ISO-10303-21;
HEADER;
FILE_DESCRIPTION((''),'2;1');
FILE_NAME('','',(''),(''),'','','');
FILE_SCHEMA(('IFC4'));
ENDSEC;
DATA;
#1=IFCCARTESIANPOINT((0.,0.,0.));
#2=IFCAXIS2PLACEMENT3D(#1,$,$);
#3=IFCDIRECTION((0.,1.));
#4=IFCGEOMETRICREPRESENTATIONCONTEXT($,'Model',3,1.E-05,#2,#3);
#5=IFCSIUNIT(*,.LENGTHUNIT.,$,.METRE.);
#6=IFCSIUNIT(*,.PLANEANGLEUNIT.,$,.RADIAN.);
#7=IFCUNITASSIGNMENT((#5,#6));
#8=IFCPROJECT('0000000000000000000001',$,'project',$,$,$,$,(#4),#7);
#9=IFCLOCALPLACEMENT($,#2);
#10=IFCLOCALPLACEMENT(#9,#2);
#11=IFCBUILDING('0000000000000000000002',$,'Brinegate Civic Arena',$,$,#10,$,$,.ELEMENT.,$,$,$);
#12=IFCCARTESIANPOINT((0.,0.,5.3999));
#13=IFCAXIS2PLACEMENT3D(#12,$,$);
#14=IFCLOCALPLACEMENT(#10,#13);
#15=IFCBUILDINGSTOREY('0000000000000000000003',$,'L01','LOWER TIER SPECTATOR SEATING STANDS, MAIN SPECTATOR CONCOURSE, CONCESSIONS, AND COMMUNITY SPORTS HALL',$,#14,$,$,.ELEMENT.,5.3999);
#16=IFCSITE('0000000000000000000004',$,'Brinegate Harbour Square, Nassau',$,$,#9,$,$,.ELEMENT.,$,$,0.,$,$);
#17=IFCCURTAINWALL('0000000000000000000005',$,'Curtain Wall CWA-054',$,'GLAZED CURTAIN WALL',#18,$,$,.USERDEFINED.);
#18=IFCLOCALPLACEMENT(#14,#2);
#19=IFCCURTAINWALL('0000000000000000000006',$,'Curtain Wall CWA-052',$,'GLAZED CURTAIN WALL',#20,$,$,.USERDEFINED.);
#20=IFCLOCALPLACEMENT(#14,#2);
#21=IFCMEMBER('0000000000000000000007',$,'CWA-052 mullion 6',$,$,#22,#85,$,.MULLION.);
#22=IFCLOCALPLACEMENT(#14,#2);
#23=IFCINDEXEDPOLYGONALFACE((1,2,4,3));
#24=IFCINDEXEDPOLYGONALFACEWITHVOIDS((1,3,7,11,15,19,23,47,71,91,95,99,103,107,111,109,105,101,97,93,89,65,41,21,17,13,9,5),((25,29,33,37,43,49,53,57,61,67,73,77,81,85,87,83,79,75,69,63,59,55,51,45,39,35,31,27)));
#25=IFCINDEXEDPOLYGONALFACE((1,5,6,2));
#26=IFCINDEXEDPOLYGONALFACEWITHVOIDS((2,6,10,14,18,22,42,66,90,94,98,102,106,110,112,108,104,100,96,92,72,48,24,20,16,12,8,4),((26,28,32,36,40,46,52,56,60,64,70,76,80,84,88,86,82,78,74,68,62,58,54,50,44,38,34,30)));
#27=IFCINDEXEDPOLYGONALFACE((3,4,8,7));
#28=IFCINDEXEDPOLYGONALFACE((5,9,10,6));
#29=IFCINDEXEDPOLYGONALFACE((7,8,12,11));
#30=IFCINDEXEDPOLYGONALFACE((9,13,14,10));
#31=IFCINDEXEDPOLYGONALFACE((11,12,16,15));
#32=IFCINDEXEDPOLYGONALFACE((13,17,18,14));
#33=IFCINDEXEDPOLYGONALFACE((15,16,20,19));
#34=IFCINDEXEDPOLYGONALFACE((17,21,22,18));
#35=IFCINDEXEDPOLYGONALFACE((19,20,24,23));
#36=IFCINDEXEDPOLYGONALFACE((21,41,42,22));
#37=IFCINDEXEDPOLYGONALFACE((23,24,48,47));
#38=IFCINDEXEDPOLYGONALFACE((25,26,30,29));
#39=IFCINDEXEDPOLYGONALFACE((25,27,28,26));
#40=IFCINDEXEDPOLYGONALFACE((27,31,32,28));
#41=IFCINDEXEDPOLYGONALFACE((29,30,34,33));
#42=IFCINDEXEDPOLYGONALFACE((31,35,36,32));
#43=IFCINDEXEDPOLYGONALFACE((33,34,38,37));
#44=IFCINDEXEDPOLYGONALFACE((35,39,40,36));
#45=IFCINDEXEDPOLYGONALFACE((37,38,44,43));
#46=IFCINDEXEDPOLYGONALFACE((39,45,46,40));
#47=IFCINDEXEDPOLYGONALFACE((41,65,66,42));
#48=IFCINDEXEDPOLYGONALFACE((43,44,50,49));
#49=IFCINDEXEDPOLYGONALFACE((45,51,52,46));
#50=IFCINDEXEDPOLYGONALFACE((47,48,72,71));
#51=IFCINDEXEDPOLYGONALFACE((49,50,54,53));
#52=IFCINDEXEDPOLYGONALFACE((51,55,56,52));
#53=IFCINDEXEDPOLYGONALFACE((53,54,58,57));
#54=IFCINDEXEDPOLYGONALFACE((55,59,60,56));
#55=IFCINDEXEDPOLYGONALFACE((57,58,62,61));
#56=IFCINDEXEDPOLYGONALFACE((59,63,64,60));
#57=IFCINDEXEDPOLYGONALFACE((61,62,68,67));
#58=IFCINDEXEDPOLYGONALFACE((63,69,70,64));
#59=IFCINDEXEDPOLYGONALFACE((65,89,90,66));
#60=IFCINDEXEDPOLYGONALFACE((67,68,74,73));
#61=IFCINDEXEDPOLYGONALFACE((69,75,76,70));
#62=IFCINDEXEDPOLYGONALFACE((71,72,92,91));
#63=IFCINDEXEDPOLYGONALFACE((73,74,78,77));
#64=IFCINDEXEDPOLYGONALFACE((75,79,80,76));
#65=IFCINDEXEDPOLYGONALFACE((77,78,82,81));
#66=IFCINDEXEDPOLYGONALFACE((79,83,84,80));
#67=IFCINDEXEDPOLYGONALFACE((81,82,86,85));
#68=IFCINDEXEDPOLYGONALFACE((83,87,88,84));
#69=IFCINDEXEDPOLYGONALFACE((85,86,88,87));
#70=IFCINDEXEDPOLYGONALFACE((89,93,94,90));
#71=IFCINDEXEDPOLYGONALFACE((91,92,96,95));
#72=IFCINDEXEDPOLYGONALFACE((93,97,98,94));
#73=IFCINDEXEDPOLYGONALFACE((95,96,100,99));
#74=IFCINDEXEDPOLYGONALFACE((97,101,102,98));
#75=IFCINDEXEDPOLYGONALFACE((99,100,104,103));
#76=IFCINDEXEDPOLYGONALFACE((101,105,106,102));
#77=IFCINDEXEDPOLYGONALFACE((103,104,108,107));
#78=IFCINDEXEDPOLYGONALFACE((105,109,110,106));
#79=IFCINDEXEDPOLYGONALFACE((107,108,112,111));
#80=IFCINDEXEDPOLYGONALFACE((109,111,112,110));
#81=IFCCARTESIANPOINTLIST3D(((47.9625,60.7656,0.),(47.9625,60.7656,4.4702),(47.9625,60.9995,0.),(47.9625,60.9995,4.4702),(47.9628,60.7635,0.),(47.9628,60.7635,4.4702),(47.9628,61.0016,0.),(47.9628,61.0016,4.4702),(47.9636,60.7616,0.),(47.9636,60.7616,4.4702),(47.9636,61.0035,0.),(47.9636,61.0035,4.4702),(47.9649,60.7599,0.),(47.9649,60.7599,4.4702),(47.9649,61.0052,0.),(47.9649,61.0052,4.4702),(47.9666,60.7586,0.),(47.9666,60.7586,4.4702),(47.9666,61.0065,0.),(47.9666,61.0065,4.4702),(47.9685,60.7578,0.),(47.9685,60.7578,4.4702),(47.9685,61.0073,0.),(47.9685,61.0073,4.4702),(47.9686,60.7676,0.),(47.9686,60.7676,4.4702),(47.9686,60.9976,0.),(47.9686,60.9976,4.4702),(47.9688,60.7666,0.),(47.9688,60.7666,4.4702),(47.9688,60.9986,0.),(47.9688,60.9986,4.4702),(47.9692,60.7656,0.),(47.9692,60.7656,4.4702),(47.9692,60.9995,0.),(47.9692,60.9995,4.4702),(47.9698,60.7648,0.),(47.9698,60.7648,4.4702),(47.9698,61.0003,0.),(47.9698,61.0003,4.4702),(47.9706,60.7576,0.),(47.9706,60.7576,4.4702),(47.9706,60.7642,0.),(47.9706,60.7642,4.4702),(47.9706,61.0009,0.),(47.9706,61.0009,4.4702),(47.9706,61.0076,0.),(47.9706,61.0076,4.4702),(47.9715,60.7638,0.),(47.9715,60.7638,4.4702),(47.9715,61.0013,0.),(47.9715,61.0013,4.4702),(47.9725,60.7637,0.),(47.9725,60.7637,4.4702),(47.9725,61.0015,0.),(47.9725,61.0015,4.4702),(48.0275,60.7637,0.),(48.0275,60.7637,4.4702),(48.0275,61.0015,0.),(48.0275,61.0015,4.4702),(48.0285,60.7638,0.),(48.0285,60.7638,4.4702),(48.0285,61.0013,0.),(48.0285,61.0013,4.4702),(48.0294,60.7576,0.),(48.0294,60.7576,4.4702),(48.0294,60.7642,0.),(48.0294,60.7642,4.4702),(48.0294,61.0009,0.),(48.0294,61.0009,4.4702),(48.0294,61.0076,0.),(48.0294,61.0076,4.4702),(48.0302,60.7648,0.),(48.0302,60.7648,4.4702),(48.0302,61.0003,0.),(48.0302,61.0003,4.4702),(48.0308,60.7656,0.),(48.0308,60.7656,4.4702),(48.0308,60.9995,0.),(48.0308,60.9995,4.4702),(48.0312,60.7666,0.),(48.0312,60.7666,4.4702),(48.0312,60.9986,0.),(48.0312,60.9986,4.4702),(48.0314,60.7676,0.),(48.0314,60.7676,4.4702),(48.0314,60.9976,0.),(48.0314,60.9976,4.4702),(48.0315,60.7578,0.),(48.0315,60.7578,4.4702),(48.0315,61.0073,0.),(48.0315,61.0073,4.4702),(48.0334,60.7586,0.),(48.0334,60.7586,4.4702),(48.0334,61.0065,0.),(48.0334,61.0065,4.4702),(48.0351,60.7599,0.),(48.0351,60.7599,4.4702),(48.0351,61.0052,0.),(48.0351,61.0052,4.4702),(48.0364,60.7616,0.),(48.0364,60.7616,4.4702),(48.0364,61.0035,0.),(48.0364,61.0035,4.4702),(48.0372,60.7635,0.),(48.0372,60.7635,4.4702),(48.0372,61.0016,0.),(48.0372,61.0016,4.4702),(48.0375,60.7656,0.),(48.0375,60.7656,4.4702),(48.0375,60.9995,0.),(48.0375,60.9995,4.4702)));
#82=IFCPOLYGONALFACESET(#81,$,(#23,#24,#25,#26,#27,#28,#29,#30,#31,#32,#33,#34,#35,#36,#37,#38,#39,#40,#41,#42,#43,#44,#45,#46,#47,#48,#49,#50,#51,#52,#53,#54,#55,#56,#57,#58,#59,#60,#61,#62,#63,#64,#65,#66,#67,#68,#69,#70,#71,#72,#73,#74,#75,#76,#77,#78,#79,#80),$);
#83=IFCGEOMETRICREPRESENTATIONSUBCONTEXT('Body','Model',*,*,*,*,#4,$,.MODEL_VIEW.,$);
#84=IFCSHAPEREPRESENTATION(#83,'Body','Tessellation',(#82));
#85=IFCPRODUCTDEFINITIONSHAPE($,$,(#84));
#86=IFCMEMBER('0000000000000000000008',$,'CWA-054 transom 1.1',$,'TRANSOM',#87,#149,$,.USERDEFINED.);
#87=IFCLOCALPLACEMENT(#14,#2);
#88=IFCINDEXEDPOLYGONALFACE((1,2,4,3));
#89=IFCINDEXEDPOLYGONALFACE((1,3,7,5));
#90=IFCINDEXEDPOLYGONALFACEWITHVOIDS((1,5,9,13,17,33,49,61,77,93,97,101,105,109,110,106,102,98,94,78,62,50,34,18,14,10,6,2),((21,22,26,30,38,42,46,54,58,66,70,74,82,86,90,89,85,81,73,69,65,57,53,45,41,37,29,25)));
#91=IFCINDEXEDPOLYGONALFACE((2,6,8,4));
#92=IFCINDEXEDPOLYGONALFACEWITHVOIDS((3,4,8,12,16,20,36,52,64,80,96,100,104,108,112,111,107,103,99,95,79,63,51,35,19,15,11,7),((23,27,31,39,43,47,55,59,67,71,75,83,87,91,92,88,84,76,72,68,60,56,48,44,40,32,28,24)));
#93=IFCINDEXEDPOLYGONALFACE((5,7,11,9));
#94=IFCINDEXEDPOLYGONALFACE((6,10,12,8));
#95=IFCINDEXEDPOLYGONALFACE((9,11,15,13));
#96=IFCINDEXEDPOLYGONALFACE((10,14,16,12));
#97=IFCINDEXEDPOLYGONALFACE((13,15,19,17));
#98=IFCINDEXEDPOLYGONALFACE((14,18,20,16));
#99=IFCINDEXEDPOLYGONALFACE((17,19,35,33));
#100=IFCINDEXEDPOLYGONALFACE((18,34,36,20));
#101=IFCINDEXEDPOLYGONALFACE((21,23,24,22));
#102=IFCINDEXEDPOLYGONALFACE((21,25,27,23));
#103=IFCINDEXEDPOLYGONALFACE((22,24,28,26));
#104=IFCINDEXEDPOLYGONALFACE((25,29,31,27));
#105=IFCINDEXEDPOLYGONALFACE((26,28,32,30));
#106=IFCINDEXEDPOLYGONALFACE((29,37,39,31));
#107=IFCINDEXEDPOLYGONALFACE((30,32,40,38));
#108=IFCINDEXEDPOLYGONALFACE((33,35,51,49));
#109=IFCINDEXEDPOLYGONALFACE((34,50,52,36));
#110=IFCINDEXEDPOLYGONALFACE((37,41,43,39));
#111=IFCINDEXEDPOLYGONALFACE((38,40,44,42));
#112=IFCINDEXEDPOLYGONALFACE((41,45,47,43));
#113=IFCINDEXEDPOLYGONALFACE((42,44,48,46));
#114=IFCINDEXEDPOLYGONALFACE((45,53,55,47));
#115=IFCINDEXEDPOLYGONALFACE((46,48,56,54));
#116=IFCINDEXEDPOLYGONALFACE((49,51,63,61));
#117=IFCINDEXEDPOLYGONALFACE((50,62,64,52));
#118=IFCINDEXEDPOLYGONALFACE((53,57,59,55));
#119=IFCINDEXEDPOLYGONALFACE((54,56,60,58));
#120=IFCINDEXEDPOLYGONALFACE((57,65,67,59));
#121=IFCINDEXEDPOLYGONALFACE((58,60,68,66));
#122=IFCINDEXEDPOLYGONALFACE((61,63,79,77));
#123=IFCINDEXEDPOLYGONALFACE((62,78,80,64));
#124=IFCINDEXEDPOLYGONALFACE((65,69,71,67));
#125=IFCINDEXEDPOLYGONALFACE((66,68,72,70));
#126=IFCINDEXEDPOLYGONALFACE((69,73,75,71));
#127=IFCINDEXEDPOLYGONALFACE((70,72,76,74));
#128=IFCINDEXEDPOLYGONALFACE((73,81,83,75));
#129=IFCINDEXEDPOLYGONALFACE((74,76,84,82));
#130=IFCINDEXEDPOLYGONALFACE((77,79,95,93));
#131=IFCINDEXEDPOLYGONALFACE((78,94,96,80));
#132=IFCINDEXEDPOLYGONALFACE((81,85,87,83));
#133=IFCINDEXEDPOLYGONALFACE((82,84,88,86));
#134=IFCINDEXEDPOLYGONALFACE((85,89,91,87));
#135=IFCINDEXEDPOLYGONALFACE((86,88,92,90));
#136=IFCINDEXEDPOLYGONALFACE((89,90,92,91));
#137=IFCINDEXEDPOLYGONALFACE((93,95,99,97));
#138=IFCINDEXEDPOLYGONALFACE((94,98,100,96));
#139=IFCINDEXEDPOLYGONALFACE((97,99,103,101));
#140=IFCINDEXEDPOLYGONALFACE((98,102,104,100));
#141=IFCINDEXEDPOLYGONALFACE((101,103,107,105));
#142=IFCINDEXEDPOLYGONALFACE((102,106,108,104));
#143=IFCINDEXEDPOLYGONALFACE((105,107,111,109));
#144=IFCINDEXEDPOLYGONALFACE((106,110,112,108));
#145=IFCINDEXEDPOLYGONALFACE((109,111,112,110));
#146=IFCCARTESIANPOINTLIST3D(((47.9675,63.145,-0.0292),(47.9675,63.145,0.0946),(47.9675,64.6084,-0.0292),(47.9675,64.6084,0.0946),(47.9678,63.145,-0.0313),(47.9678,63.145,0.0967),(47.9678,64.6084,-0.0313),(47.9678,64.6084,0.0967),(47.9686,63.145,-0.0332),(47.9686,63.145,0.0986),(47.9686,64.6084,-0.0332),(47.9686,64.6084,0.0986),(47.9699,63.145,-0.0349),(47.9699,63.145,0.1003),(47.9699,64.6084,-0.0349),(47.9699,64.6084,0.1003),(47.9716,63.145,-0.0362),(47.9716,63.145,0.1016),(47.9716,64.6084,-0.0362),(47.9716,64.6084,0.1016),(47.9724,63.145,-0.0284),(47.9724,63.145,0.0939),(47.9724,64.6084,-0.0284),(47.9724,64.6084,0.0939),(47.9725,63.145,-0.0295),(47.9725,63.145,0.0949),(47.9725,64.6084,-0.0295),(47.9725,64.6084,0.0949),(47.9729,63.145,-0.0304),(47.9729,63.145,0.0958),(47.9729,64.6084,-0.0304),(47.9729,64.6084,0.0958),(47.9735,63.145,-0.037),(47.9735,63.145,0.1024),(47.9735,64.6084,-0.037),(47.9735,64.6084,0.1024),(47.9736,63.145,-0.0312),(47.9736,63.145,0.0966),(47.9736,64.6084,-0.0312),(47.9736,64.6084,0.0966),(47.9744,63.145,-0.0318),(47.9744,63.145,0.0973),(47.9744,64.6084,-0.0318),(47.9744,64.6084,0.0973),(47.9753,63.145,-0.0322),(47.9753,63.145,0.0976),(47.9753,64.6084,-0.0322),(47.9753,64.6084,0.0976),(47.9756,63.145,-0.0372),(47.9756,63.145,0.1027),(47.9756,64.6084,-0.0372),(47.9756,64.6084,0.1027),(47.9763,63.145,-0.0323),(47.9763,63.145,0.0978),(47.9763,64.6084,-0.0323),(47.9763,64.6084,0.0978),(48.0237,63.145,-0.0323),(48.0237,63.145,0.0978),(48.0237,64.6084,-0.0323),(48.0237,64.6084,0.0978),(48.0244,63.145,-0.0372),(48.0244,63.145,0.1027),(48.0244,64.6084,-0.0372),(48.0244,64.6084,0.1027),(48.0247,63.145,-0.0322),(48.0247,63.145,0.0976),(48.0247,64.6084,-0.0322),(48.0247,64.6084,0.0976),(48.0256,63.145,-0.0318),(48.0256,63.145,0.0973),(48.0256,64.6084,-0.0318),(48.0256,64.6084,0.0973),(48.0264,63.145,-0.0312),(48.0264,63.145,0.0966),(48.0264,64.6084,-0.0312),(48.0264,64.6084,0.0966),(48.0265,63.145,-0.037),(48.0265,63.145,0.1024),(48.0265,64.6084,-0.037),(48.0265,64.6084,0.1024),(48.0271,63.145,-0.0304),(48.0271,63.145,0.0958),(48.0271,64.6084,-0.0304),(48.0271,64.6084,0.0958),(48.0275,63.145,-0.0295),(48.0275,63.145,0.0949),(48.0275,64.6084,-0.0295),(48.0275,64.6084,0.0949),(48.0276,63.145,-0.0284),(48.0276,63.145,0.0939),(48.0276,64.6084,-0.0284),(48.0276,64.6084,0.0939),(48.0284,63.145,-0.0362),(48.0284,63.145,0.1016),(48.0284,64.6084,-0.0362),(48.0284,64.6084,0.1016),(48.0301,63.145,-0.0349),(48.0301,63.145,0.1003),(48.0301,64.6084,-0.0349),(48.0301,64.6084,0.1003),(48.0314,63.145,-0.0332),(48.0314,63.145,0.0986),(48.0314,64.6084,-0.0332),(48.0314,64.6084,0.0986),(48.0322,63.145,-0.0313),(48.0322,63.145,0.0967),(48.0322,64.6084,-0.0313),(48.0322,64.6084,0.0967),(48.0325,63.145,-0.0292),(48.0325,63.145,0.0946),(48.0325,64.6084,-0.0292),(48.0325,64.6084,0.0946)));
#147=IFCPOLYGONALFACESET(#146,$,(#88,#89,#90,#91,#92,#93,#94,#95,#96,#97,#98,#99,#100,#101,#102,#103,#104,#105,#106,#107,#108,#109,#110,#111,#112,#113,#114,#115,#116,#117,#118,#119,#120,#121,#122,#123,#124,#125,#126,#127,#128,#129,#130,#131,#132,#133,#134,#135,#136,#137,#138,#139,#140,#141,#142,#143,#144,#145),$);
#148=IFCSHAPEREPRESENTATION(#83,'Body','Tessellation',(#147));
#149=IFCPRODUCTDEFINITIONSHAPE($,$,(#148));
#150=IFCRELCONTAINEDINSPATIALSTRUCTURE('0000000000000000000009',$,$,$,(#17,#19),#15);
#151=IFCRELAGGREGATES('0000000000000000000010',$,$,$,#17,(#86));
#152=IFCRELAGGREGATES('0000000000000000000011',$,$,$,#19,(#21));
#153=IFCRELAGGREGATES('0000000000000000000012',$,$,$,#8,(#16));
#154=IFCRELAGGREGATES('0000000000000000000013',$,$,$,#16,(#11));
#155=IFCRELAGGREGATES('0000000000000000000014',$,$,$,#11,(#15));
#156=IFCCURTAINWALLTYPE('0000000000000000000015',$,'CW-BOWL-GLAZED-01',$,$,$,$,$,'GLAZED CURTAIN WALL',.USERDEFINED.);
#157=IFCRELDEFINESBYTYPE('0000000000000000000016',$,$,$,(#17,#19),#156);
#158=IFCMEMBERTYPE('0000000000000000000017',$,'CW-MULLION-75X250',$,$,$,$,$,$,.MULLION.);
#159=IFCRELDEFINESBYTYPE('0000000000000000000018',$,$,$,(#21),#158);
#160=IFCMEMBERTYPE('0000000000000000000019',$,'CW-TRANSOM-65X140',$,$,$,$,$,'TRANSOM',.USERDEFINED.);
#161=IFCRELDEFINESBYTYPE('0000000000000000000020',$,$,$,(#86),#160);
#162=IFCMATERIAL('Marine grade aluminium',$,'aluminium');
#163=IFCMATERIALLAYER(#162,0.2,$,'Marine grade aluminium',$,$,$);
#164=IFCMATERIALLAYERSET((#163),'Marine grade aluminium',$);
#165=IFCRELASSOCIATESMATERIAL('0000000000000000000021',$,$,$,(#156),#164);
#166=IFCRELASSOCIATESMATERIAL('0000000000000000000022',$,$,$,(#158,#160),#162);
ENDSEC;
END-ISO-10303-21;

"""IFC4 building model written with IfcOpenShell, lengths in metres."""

from ifc_helpers import new_model, si_unit, direction, frame, origin, origin_2d, place, context, subcontext, project, spatial, hollow_rectangle, extrude, material, layer, layer_set, material_profile, profile_set, type_object, element, aggregate, save


model = new_model("IFC4")

# Units and contexts
model_context = context("Model", 3, precision=1e-05, world=origin(), true_north=direction((0.0, 1.0)))
body_context = subcontext(model_context, "Body", "Model", "MODEL_VIEW")
ifc_project = project(units=[si_unit("LENGTHUNIT", "METRE"), si_unit("PLANEANGLEUNIT", "RADIAN")], contexts=[model_context])

# Site, building, storey
site_placement = place(None, origin())
site = spatial("IfcSite", under=ifc_project, at=site_placement, Name="Brinegate Harbour Square, Nassau", CompositionType="ELEMENT", RefElevation=0.0)
building_placement = place(site_placement, origin())
building = spatial("IfcBuilding", under=site, at=building_placement, Name="Brinegate Civic Arena", CompositionType="ELEMENT")
storey_placement = place(building_placement, frame((0.0, 0.0, 5.3999)))
storey = spatial("IfcBuildingStorey", under=building, at=storey_placement, Name="L01", Description="LOWER TIER SPECTATOR SEATING STANDS, MAIN SPECTATOR CONCOURSE, CONCESSIONS, AND COMMUNITY SPORTS HALL", CompositionType="ELEMENT", Elevation=5.3999)

# Curtain wall
ifc_material_1 = material(Name="Marine grade aluminium", Category="aluminium")
ifc_layer_1 = layer(ifc_material_1, 0.2, Name="Marine grade aluminium")
ifc_layer_set_1 = layer_set([ifc_layer_1], Name="Marine grade aluminium")
curtain_wall_type_1 = type_object("IfcCurtainWallType", Name="CW-BOWL-GLAZED-01", ElementType="GLAZED CURTAIN WALL", PredefinedType="USERDEFINED", material=ifc_layer_set_1)
curtain_wall_1_placement = place(storey_placement, origin())
curtain_wall_1 = element("IfcCurtainWall", 1, at=curtain_wall_1_placement, inside=storey, type_object=curtain_wall_type_1, Name="Curtain Wall CWA-054", ObjectType="GLAZED CURTAIN WALL", PredefinedType="USERDEFINED")

# Curtain wall, member
curtain_wall_2_placement = place(storey_placement, origin())
curtain_wall_2 = element("IfcCurtainWall", 2, at=curtain_wall_2_placement, inside=storey, type_object=curtain_wall_type_1, Name="Curtain Wall CWA-052", ObjectType="GLAZED CURTAIN WALL", PredefinedType="USERDEFINED")
ifc_material_profile_1 = material_profile(ifc_material_1, hollow_rectangle(XDim=0.075, YDim=0.25, WallThickness=0.0061, InnerFilletRadius=0.0039, OuterFilletRadius=0.0081, at=origin_2d()), Name="MUL75X250")
ifc_profile_set_1 = profile_set([ifc_material_profile_1], Name="Marine grade aluminium")
member_type_1 = type_object("IfcMemberType", Name="CW-MULLION-75X250", PredefinedType="MULLION", material=ifc_profile_set_1)
member_1_placement = place(storey_placement, frame((48.0, 60.8826, 0.0), z_axis=(0.0, 0.0, 1.0), x_axis=(-1.0, 0.0, 0.0)))
member_1 = element("IfcMember", 3, at=member_1_placement, type_object=member_type_1, Name="CWA-052 mullion 6", PredefinedType="MULLION", context=body_context, shape_type="SweptSolid", body=[
    extrude(hollow_rectangle(XDim=0.075, YDim=0.25, WallThickness=0.0061, InnerFilletRadius=0.0039, OuterFilletRadius=0.0081, at=origin_2d()), origin(), (0.0, 0.0, 1.0), 4.4702),
])

# Member
ifc_material_profile_2 = material_profile(ifc_material_1, hollow_rectangle(XDim=0.0649, YDim=0.1399, WallThickness=0.0049, InnerFilletRadius=0.0039, OuterFilletRadius=0.0081, at=origin_2d()), Name="TRN65X140")
ifc_profile_set_2 = profile_set([ifc_material_profile_2], Name="Marine grade aluminium")
member_type_2 = type_object("IfcMemberType", Name="CW-TRANSOM-65X140", ElementType="TRANSOM", PredefinedType="USERDEFINED", material=ifc_profile_set_2)
member_2_placement = place(storey_placement, frame((48.0, 63.145, 0.0327), z_axis=(0.0, 1.0, 0.0), x_axis=(-1.0, 0.0, 0.0)))
member_2 = element("IfcMember", 4, at=member_2_placement, type_object=member_type_2, Name="CWA-054 transom 1.1", ObjectType="TRANSOM", PredefinedType="USERDEFINED", context=body_context, shape_type="SweptSolid", body=[
    extrude(hollow_rectangle(XDim=0.0649, YDim=0.1399, WallThickness=0.0049, InnerFilletRadius=0.0039, OuterFilletRadius=0.0081, at=origin_2d()), origin(), (0.0, 0.0, 1.0), 1.4634),
])

aggregate(curtain_wall_1, [member_2])
aggregate(curtain_wall_2, [member_1])

save(model, "model.ifc")
